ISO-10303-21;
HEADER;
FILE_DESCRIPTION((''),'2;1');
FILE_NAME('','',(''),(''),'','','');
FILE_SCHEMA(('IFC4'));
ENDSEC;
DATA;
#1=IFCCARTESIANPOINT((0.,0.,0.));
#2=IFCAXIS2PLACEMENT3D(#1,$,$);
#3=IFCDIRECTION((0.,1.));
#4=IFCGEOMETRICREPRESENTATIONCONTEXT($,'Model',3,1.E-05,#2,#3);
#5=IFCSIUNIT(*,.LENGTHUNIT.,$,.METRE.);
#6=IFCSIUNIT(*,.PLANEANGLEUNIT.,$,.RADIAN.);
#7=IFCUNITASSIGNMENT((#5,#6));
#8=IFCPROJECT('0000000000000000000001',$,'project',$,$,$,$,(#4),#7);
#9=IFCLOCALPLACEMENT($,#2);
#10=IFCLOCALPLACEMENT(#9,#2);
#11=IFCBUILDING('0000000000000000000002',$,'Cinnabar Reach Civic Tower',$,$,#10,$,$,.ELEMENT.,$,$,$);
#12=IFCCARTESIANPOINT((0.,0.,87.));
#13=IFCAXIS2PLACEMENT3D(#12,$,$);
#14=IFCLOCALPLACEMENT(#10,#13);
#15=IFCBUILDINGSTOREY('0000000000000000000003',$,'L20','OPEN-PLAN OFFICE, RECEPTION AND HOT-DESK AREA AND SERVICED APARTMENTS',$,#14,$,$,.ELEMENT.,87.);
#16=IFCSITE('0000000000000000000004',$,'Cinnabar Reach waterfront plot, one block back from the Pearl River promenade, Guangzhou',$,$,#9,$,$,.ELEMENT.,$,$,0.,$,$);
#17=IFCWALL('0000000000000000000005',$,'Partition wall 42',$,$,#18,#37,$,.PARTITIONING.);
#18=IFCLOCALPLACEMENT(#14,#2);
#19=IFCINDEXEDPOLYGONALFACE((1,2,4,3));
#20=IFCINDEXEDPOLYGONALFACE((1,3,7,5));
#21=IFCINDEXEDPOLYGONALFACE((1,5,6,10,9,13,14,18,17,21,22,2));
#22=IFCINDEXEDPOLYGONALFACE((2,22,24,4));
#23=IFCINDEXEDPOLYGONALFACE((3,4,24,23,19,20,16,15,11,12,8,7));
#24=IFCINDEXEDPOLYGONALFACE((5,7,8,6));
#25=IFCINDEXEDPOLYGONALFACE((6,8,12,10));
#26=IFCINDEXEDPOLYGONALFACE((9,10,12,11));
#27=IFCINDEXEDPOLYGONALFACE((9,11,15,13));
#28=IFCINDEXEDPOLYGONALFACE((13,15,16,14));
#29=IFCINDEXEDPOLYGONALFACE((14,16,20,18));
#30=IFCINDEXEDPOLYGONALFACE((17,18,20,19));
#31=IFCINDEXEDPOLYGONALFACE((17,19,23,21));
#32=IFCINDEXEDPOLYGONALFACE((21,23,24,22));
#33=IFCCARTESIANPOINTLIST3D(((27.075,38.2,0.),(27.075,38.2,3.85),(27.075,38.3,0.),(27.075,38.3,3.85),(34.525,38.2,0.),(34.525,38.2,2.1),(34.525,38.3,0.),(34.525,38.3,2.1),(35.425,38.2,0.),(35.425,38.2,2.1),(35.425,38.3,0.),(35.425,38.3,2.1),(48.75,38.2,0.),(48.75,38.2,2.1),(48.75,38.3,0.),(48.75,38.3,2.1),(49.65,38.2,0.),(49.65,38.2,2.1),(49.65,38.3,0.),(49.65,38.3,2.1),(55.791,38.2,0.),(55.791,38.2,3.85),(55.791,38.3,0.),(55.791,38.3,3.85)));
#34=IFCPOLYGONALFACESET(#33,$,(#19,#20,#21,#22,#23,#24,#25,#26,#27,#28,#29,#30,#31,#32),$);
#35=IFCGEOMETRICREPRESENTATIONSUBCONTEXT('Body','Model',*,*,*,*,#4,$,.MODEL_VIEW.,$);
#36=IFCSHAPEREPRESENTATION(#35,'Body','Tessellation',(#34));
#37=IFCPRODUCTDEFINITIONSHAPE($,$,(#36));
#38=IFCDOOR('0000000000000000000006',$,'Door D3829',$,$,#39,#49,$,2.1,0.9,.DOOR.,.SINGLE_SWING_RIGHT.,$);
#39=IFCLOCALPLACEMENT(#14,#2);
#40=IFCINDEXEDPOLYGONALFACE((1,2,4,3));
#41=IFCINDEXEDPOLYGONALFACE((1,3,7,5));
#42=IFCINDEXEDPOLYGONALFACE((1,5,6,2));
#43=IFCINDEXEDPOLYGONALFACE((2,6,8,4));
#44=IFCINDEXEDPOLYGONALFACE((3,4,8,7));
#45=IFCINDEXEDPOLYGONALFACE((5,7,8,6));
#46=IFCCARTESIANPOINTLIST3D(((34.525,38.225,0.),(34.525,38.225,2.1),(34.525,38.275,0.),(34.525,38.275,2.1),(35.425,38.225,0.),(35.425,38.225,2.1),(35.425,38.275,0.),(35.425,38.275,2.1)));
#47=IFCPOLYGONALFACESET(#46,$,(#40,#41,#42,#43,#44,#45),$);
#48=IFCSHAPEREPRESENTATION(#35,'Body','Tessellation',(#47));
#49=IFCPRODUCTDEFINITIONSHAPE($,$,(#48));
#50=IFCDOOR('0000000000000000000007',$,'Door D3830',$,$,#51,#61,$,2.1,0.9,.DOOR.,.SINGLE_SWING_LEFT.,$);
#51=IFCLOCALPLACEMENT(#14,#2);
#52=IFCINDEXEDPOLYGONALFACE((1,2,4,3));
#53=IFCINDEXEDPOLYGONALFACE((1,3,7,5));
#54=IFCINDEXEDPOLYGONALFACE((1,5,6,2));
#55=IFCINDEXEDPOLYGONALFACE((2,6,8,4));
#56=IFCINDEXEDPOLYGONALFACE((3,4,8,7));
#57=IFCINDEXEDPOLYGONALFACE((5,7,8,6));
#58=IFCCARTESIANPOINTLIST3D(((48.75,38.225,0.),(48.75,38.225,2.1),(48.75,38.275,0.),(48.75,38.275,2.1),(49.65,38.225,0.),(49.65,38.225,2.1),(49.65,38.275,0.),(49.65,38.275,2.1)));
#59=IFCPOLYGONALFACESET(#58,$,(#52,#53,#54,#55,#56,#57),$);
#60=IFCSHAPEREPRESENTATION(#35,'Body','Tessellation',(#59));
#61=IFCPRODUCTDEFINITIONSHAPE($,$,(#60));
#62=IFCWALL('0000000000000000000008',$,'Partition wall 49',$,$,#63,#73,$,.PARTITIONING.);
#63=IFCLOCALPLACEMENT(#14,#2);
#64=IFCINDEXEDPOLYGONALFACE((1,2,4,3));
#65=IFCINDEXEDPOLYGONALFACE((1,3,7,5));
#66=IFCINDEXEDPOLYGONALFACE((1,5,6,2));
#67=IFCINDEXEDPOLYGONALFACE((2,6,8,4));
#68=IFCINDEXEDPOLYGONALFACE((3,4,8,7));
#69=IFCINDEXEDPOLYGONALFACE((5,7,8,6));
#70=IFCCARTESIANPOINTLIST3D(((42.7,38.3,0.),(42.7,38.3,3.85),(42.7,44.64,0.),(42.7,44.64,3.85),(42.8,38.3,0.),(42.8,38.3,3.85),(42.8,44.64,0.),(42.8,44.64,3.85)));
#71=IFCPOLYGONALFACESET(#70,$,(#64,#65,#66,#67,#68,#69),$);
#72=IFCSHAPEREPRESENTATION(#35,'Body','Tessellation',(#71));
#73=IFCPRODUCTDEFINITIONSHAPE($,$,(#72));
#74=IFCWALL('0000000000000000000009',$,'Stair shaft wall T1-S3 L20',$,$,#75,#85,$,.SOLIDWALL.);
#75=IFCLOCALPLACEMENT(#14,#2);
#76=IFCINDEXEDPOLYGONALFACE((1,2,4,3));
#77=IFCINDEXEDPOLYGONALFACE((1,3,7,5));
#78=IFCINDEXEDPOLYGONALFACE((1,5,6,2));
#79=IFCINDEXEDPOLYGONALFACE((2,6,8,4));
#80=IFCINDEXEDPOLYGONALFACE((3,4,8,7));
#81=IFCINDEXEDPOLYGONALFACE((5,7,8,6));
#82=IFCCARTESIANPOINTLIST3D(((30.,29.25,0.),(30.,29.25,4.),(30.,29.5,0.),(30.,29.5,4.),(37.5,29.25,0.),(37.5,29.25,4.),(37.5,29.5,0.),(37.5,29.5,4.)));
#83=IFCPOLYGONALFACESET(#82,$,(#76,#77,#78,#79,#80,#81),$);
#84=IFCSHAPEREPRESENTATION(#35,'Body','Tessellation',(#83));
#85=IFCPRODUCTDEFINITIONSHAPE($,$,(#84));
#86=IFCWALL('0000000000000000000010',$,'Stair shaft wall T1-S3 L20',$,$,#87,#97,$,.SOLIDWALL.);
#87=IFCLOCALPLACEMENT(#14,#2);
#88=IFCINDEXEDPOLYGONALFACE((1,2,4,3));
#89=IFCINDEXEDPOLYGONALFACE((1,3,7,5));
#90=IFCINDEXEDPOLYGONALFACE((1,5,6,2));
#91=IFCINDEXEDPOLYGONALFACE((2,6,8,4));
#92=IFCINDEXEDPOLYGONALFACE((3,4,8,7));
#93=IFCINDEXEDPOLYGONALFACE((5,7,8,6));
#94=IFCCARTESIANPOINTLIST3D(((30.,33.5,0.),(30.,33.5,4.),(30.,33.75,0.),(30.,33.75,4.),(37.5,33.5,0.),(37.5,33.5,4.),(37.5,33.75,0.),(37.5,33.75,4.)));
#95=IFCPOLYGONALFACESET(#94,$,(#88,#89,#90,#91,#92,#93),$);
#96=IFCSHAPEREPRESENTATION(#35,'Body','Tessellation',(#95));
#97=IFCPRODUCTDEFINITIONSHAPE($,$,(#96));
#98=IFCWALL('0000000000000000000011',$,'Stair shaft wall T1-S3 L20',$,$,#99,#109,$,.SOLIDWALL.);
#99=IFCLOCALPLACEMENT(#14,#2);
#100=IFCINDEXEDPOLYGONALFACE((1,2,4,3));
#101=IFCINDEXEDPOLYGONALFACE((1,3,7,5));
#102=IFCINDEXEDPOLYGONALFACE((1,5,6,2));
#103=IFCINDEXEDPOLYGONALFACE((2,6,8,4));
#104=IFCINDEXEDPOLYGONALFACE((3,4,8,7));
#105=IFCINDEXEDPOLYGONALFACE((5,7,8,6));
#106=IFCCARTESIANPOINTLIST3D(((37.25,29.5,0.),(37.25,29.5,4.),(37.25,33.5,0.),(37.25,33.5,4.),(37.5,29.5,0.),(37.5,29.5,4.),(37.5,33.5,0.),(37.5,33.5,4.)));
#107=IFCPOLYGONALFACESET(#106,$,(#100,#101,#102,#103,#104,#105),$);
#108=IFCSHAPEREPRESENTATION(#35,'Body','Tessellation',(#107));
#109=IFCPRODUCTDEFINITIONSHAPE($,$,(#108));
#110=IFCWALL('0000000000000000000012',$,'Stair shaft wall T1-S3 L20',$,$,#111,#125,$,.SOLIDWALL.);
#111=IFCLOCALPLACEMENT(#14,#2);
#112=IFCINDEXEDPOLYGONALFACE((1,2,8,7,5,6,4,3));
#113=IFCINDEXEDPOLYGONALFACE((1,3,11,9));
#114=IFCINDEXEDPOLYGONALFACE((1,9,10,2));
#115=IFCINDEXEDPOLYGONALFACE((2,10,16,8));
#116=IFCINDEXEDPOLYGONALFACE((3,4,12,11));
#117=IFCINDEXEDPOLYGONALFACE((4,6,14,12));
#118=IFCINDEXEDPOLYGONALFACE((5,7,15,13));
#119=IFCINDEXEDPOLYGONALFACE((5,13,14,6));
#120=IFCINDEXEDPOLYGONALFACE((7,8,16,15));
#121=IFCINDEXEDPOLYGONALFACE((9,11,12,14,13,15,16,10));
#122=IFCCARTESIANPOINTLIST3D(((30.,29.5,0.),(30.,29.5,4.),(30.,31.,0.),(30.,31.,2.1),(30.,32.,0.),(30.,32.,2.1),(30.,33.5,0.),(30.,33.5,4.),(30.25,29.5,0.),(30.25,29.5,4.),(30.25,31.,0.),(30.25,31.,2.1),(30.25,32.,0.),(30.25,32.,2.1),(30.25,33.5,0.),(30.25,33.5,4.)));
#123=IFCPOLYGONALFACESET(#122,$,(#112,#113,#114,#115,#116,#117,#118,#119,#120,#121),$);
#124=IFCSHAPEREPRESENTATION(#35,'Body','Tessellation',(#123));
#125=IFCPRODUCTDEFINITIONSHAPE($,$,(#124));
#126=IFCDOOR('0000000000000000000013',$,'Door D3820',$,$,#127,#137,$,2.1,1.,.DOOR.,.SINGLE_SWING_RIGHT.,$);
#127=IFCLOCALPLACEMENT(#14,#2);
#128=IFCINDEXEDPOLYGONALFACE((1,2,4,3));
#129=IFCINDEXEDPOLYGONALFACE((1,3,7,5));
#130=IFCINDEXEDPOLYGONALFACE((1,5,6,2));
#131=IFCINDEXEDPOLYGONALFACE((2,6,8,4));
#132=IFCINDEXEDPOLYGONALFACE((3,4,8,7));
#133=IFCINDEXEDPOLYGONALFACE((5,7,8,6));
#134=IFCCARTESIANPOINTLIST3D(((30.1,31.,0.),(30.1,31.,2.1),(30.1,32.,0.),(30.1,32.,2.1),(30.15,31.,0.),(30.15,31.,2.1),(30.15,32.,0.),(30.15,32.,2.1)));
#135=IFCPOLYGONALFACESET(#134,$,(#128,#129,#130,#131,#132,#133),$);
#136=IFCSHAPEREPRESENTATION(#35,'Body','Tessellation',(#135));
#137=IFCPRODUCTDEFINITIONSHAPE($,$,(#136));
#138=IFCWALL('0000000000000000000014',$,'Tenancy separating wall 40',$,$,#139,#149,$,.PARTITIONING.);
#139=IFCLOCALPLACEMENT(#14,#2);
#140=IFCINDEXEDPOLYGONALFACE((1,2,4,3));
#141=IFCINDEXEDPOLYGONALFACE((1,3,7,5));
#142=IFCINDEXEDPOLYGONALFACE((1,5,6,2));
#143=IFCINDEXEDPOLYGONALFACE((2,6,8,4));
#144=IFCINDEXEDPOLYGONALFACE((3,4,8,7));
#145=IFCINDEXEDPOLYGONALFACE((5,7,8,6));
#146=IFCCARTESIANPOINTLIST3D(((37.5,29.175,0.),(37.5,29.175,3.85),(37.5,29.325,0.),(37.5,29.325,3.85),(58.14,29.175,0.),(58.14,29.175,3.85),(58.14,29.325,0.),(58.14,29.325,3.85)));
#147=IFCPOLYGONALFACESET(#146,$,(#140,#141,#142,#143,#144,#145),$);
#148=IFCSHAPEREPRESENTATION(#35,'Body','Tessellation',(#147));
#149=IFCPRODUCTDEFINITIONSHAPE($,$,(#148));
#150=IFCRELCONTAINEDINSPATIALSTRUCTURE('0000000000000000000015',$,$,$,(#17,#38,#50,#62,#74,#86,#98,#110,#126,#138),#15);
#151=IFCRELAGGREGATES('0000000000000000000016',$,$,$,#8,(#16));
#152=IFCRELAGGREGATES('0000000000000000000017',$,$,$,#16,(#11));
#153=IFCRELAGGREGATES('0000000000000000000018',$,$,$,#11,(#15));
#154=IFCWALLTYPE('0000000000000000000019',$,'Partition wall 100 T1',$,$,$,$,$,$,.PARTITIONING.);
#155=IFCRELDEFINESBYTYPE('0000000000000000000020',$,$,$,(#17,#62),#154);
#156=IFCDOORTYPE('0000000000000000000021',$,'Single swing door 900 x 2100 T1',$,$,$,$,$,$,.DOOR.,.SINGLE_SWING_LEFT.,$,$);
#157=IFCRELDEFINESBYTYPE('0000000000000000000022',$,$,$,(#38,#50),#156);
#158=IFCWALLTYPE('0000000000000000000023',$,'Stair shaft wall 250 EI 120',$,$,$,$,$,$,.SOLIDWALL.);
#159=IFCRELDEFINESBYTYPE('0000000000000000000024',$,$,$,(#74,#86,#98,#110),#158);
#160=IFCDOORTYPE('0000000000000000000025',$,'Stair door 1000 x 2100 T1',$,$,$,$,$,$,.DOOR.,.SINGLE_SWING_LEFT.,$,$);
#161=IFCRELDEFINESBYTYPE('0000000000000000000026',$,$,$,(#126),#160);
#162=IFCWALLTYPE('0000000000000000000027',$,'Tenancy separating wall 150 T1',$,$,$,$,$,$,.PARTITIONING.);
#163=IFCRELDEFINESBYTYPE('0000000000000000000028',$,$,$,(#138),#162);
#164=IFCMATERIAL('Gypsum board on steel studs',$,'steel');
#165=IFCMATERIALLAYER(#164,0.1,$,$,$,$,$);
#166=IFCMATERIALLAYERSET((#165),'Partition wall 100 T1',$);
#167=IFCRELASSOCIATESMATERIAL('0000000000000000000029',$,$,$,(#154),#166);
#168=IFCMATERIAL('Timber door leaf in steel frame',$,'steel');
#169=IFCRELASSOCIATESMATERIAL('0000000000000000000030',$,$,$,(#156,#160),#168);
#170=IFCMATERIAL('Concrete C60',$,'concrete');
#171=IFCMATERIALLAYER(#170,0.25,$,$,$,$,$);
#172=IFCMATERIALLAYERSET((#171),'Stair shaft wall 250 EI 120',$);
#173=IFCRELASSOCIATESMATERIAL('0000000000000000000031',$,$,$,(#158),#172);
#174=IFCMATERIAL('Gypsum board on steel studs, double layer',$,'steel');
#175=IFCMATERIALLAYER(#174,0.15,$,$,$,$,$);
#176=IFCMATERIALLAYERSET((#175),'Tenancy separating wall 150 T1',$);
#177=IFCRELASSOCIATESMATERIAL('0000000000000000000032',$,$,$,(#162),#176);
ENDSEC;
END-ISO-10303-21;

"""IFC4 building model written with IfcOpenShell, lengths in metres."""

from ifc_helpers import new_model, si_unit, direction, frame, frame_2d, origin, place, context, subcontext, project, spatial, rectangle, extrude, material, layer, layer_set, type_object, element, fill, save


model = new_model("IFC4")

# Units and contexts
model_context = context("Model", 3, precision=1e-05, world=origin(), true_north=direction((0.0, 1.0)))
body_context = subcontext(model_context, "Body", "Model", "MODEL_VIEW")
ifc_project = project(units=[si_unit("LENGTHUNIT", "METRE"), si_unit("PLANEANGLEUNIT", "RADIAN")], contexts=[model_context])

# Site, building, storey
site_placement = place(None, origin())
site = spatial("IfcSite", under=ifc_project, at=site_placement, Name="Cinnabar Reach waterfront plot, one block back from the Pearl River promenade, Guangzhou", CompositionType="ELEMENT", RefElevation=0.0)
building_placement = place(site_placement, origin())
building = spatial("IfcBuilding", under=site, at=building_placement, Name="Cinnabar Reach Civic Tower", CompositionType="ELEMENT")
storey_placement = place(building_placement, frame((0.0, 0.0, 87.0)))
storey = spatial("IfcBuildingStorey", under=building, at=storey_placement, Name="L20", Description="OPEN-PLAN OFFICE, RECEPTION AND HOT-DESK AREA AND SERVICED APARTMENTS", CompositionType="ELEMENT", Elevation=87.0)

# Shared definitions
ifc_material_1 = material(Name="Gypsum board on steel studs, double layer", Category="steel")

# Shared definitions
ifc_material_2 = material(Name="Timber door leaf in steel frame", Category="steel")

# Wall, openings, doors
ifc_material_3 = material(Name="Gypsum board on steel studs", Category="steel")
ifc_layer_1 = layer(ifc_material_3, 0.1)
ifc_layer_set_1 = layer_set([ifc_layer_1], Name="Partition wall 100 T1")
wall_type_1 = type_object("IfcWallType", Name="Partition wall 100 T1", PredefinedType="PARTITIONING", material=ifc_layer_set_1)
wall_1_placement = place(storey_placement, frame((27.075, 38.25, 0.0), z_axis=(0.0, 0.0, 1.0), x_axis=(1.0, 0.0, 0.0)))
wall_1 = element("IfcWall", 1, at=wall_1_placement, inside=storey, type_object=wall_type_1, Name="Partition wall 42", PredefinedType="PARTITIONING", context=body_context, shape_type="SweptSolid", body=[
    extrude(rectangle(XDim=28.7159, YDim=0.1, at=frame_2d((14.358, 0.0))), origin(), (0.0, 0.0, 1.0), 3.85),
])
opening_1_placement = place(wall_1_placement, frame((7.45, 0.0, 0.0)))
opening_1 = element("IfcOpeningElement", 2, at=opening_1_placement, cuts=wall_1, PredefinedType="OPENING", context=body_context, shape_type="SweptSolid", body=[
    extrude(rectangle(XDim=0.9, YDim=2.1, at=frame_2d((0.45, 1.05))), frame((0.0, 0.06, 0.0), z_axis=(0.0, -1.0, 0.0), x_axis=(1.0, 0.0, 0.0)), (0.0, 0.0, 1.0), 0.12),
])
opening_2_placement = place(wall_1_placement, frame((21.675, 0.0, 0.0)))
opening_2 = element("IfcOpeningElement", 3, at=opening_2_placement, cuts=wall_1, PredefinedType="OPENING", context=body_context, shape_type="SweptSolid", body=[
    extrude(rectangle(XDim=0.9, YDim=2.1, at=frame_2d((0.45, 1.05))), frame((0.0, 0.06, 0.0), z_axis=(0.0, -1.0, 0.0), x_axis=(1.0, 0.0, 0.0)), (0.0, 0.0, 1.0), 0.12),
])
door_type_1 = type_object("IfcDoorType", Name="Single swing door 900 x 2100 T1", OperationType="SINGLE_SWING_LEFT", PredefinedType="DOOR", material=ifc_material_2)
door_1_placement = place(opening_1_placement, origin())
door_1 = element("IfcDoor", 4, at=door_1_placement, inside=storey, type_object=door_type_1, Name="Door D3829", OperationType="SINGLE_SWING_RIGHT", OverallHeight=2.1, OverallWidth=0.9, PredefinedType="DOOR", context=body_context, shape_type="SweptSolid", body=[
    extrude(rectangle(XDim=0.9, YDim=2.1, at=frame_2d((0.45, 1.05))), frame((0.0, 0.025, 0.0), z_axis=(0.0, -1.0, 0.0), x_axis=(1.0, 0.0, 0.0)), (0.0, 0.0, 1.0), 0.05),
])
fill(opening_1, door_1)
door_2_placement = place(opening_2_placement, origin())
door_2 = element("IfcDoor", 5, at=door_2_placement, inside=storey, type_object=door_type_1, Name="Door D3830", OperationType="SINGLE_SWING_LEFT", OverallHeight=2.1, OverallWidth=0.9, PredefinedType="DOOR", context=body_context, shape_type="SweptSolid", body=[
    extrude(rectangle(XDim=0.9, YDim=2.1, at=frame_2d((0.45, 1.05))), frame((0.0, 0.025, 0.0), z_axis=(0.0, -1.0, 0.0), x_axis=(1.0, 0.0, 0.0)), (0.0, 0.0, 1.0), 0.05),
])
fill(opening_2, door_2)

# Walls
wall_2_placement = place(storey_placement, frame((42.75, 38.3, 0.0), z_axis=(0.0, 0.0, 1.0), x_axis=(0.0, 1.0, 0.0)))
element("IfcWall", 6, at=wall_2_placement, inside=storey, type_object=wall_type_1, Name="Partition wall 49", PredefinedType="PARTITIONING", context=body_context, shape_type="SweptSolid", body=[
    extrude(rectangle(XDim=6.34, YDim=0.1, at=frame_2d((3.17, 0.0))), origin(), (0.0, 0.0, 1.0), 3.85),
])
ifc_material_4 = material(Name="Concrete C60", Category="concrete")
ifc_layer_2 = layer(ifc_material_4, 0.25)
ifc_layer_set_2 = layer_set([ifc_layer_2], Name="Stair shaft wall 250 EI 120")
wall_type_2 = type_object("IfcWallType", Name="Stair shaft wall 250 EI 120", PredefinedType="SOLIDWALL", material=ifc_layer_set_2)
for number, where, z_axis, x_axis, name in (
    (7, (30.0, 29.375, 0.0), (0.0, 0.0, 1.0), (1.0, 0.0, 0.0), "Stair shaft wall T1-S3 L20"),
    (8, (37.5, 33.625, 0.0), (0.0, 0.0, 1.0), (-1.0, 0.0, 0.0), "Stair shaft wall T1-S3 L20"),
):
    element("IfcWall", number, at=place(storey_placement, frame(where, z_axis=z_axis, x_axis=x_axis)), inside=storey, type_object=wall_type_2, Name=name, PredefinedType="SOLIDWALL", context=body_context, shape_type="SweptSolid", body=[
        extrude(rectangle(XDim=7.5, YDim=0.25, at=frame_2d((3.75, 0.0))), origin(), (0.0, 0.0, 1.0), 4.0),
    ])
wall_3_placement = place(storey_placement, frame((37.375, 29.5, 0.0), z_axis=(0.0, 0.0, 1.0), x_axis=(0.0, 1.0, 0.0)))
element("IfcWall", 9, at=wall_3_placement, inside=storey, type_object=wall_type_2, Name="Stair shaft wall T1-S3 L20", PredefinedType="SOLIDWALL", context=body_context, shape_type="SweptSolid", body=[
    extrude(rectangle(XDim=4.0, YDim=0.25, at=frame_2d((2.0, 0.0))), origin(), (0.0, 0.0, 1.0), 4.0),
])

# Wall, opening, door
wall_4_placement = place(storey_placement, frame((30.125, 33.5, 0.0), z_axis=(0.0, 0.0, 1.0), x_axis=(0.0, -1.0, 0.0)))
wall_4 = element("IfcWall", 10, at=wall_4_placement, inside=storey, type_object=wall_type_2, Name="Stair shaft wall T1-S3 L20", PredefinedType="SOLIDWALL", context=body_context, shape_type="SweptSolid", body=[
    extrude(rectangle(XDim=4.0, YDim=0.25, at=frame_2d((2.0, 0.0))), origin(), (0.0, 0.0, 1.0), 4.0),
])
opening_3_placement = place(wall_4_placement, frame((1.5, 0.0, 0.0)))
opening_3 = element("IfcOpeningElement", 11, at=opening_3_placement, cuts=wall_4, PredefinedType="OPENING", context=body_context, shape_type="SweptSolid", body=[
    extrude(rectangle(XDim=1.0, YDim=2.1, at=frame_2d((0.5, 1.05))), frame((0.0, 0.135, 0.0), z_axis=(0.0, -1.0, 0.0), x_axis=(1.0, 0.0, 0.0)), (0.0, 0.0, 1.0), 0.27),
])
door_type_2 = type_object("IfcDoorType", Name="Stair door 1000 x 2100 T1", OperationType="SINGLE_SWING_LEFT", PredefinedType="DOOR", material=ifc_material_2)
door_3_placement = place(opening_3_placement, origin())
door_3 = element("IfcDoor", 12, at=door_3_placement, inside=storey, type_object=door_type_2, Name="Door D3820", OperationType="SINGLE_SWING_RIGHT", OverallHeight=2.1, OverallWidth=1.0, PredefinedType="DOOR", context=body_context, shape_type="SweptSolid", body=[
    extrude(rectangle(XDim=1.0, YDim=2.1, at=frame_2d((0.5, 1.05))), frame((0.0, 0.025, 0.0), z_axis=(0.0, -1.0, 0.0), x_axis=(1.0, 0.0, 0.0)), (0.0, 0.0, 1.0), 0.05),
])
fill(opening_3, door_3)

# Wall
ifc_layer_3 = layer(ifc_material_1, 0.15)
ifc_layer_set_3 = layer_set([ifc_layer_3], Name="Tenancy separating wall 150 T1")
wall_type_3 = type_object("IfcWallType", Name="Tenancy separating wall 150 T1", PredefinedType="PARTITIONING", material=ifc_layer_set_3)
wall_5_placement = place(storey_placement, frame((37.5, 29.25, 0.0), z_axis=(0.0, 0.0, 1.0), x_axis=(1.0, 0.0, 0.0)))
element("IfcWall", 13, at=wall_5_placement, inside=storey, type_object=wall_type_3, Name="Tenancy separating wall 40", PredefinedType="PARTITIONING", context=body_context, shape_type="SweptSolid", body=[
    extrude(rectangle(XDim=20.64, YDim=0.15, at=frame_2d((10.32, 0.0))), origin(), (0.0, 0.0, 1.0), 3.85),
])

save(model, "model.ifc")
